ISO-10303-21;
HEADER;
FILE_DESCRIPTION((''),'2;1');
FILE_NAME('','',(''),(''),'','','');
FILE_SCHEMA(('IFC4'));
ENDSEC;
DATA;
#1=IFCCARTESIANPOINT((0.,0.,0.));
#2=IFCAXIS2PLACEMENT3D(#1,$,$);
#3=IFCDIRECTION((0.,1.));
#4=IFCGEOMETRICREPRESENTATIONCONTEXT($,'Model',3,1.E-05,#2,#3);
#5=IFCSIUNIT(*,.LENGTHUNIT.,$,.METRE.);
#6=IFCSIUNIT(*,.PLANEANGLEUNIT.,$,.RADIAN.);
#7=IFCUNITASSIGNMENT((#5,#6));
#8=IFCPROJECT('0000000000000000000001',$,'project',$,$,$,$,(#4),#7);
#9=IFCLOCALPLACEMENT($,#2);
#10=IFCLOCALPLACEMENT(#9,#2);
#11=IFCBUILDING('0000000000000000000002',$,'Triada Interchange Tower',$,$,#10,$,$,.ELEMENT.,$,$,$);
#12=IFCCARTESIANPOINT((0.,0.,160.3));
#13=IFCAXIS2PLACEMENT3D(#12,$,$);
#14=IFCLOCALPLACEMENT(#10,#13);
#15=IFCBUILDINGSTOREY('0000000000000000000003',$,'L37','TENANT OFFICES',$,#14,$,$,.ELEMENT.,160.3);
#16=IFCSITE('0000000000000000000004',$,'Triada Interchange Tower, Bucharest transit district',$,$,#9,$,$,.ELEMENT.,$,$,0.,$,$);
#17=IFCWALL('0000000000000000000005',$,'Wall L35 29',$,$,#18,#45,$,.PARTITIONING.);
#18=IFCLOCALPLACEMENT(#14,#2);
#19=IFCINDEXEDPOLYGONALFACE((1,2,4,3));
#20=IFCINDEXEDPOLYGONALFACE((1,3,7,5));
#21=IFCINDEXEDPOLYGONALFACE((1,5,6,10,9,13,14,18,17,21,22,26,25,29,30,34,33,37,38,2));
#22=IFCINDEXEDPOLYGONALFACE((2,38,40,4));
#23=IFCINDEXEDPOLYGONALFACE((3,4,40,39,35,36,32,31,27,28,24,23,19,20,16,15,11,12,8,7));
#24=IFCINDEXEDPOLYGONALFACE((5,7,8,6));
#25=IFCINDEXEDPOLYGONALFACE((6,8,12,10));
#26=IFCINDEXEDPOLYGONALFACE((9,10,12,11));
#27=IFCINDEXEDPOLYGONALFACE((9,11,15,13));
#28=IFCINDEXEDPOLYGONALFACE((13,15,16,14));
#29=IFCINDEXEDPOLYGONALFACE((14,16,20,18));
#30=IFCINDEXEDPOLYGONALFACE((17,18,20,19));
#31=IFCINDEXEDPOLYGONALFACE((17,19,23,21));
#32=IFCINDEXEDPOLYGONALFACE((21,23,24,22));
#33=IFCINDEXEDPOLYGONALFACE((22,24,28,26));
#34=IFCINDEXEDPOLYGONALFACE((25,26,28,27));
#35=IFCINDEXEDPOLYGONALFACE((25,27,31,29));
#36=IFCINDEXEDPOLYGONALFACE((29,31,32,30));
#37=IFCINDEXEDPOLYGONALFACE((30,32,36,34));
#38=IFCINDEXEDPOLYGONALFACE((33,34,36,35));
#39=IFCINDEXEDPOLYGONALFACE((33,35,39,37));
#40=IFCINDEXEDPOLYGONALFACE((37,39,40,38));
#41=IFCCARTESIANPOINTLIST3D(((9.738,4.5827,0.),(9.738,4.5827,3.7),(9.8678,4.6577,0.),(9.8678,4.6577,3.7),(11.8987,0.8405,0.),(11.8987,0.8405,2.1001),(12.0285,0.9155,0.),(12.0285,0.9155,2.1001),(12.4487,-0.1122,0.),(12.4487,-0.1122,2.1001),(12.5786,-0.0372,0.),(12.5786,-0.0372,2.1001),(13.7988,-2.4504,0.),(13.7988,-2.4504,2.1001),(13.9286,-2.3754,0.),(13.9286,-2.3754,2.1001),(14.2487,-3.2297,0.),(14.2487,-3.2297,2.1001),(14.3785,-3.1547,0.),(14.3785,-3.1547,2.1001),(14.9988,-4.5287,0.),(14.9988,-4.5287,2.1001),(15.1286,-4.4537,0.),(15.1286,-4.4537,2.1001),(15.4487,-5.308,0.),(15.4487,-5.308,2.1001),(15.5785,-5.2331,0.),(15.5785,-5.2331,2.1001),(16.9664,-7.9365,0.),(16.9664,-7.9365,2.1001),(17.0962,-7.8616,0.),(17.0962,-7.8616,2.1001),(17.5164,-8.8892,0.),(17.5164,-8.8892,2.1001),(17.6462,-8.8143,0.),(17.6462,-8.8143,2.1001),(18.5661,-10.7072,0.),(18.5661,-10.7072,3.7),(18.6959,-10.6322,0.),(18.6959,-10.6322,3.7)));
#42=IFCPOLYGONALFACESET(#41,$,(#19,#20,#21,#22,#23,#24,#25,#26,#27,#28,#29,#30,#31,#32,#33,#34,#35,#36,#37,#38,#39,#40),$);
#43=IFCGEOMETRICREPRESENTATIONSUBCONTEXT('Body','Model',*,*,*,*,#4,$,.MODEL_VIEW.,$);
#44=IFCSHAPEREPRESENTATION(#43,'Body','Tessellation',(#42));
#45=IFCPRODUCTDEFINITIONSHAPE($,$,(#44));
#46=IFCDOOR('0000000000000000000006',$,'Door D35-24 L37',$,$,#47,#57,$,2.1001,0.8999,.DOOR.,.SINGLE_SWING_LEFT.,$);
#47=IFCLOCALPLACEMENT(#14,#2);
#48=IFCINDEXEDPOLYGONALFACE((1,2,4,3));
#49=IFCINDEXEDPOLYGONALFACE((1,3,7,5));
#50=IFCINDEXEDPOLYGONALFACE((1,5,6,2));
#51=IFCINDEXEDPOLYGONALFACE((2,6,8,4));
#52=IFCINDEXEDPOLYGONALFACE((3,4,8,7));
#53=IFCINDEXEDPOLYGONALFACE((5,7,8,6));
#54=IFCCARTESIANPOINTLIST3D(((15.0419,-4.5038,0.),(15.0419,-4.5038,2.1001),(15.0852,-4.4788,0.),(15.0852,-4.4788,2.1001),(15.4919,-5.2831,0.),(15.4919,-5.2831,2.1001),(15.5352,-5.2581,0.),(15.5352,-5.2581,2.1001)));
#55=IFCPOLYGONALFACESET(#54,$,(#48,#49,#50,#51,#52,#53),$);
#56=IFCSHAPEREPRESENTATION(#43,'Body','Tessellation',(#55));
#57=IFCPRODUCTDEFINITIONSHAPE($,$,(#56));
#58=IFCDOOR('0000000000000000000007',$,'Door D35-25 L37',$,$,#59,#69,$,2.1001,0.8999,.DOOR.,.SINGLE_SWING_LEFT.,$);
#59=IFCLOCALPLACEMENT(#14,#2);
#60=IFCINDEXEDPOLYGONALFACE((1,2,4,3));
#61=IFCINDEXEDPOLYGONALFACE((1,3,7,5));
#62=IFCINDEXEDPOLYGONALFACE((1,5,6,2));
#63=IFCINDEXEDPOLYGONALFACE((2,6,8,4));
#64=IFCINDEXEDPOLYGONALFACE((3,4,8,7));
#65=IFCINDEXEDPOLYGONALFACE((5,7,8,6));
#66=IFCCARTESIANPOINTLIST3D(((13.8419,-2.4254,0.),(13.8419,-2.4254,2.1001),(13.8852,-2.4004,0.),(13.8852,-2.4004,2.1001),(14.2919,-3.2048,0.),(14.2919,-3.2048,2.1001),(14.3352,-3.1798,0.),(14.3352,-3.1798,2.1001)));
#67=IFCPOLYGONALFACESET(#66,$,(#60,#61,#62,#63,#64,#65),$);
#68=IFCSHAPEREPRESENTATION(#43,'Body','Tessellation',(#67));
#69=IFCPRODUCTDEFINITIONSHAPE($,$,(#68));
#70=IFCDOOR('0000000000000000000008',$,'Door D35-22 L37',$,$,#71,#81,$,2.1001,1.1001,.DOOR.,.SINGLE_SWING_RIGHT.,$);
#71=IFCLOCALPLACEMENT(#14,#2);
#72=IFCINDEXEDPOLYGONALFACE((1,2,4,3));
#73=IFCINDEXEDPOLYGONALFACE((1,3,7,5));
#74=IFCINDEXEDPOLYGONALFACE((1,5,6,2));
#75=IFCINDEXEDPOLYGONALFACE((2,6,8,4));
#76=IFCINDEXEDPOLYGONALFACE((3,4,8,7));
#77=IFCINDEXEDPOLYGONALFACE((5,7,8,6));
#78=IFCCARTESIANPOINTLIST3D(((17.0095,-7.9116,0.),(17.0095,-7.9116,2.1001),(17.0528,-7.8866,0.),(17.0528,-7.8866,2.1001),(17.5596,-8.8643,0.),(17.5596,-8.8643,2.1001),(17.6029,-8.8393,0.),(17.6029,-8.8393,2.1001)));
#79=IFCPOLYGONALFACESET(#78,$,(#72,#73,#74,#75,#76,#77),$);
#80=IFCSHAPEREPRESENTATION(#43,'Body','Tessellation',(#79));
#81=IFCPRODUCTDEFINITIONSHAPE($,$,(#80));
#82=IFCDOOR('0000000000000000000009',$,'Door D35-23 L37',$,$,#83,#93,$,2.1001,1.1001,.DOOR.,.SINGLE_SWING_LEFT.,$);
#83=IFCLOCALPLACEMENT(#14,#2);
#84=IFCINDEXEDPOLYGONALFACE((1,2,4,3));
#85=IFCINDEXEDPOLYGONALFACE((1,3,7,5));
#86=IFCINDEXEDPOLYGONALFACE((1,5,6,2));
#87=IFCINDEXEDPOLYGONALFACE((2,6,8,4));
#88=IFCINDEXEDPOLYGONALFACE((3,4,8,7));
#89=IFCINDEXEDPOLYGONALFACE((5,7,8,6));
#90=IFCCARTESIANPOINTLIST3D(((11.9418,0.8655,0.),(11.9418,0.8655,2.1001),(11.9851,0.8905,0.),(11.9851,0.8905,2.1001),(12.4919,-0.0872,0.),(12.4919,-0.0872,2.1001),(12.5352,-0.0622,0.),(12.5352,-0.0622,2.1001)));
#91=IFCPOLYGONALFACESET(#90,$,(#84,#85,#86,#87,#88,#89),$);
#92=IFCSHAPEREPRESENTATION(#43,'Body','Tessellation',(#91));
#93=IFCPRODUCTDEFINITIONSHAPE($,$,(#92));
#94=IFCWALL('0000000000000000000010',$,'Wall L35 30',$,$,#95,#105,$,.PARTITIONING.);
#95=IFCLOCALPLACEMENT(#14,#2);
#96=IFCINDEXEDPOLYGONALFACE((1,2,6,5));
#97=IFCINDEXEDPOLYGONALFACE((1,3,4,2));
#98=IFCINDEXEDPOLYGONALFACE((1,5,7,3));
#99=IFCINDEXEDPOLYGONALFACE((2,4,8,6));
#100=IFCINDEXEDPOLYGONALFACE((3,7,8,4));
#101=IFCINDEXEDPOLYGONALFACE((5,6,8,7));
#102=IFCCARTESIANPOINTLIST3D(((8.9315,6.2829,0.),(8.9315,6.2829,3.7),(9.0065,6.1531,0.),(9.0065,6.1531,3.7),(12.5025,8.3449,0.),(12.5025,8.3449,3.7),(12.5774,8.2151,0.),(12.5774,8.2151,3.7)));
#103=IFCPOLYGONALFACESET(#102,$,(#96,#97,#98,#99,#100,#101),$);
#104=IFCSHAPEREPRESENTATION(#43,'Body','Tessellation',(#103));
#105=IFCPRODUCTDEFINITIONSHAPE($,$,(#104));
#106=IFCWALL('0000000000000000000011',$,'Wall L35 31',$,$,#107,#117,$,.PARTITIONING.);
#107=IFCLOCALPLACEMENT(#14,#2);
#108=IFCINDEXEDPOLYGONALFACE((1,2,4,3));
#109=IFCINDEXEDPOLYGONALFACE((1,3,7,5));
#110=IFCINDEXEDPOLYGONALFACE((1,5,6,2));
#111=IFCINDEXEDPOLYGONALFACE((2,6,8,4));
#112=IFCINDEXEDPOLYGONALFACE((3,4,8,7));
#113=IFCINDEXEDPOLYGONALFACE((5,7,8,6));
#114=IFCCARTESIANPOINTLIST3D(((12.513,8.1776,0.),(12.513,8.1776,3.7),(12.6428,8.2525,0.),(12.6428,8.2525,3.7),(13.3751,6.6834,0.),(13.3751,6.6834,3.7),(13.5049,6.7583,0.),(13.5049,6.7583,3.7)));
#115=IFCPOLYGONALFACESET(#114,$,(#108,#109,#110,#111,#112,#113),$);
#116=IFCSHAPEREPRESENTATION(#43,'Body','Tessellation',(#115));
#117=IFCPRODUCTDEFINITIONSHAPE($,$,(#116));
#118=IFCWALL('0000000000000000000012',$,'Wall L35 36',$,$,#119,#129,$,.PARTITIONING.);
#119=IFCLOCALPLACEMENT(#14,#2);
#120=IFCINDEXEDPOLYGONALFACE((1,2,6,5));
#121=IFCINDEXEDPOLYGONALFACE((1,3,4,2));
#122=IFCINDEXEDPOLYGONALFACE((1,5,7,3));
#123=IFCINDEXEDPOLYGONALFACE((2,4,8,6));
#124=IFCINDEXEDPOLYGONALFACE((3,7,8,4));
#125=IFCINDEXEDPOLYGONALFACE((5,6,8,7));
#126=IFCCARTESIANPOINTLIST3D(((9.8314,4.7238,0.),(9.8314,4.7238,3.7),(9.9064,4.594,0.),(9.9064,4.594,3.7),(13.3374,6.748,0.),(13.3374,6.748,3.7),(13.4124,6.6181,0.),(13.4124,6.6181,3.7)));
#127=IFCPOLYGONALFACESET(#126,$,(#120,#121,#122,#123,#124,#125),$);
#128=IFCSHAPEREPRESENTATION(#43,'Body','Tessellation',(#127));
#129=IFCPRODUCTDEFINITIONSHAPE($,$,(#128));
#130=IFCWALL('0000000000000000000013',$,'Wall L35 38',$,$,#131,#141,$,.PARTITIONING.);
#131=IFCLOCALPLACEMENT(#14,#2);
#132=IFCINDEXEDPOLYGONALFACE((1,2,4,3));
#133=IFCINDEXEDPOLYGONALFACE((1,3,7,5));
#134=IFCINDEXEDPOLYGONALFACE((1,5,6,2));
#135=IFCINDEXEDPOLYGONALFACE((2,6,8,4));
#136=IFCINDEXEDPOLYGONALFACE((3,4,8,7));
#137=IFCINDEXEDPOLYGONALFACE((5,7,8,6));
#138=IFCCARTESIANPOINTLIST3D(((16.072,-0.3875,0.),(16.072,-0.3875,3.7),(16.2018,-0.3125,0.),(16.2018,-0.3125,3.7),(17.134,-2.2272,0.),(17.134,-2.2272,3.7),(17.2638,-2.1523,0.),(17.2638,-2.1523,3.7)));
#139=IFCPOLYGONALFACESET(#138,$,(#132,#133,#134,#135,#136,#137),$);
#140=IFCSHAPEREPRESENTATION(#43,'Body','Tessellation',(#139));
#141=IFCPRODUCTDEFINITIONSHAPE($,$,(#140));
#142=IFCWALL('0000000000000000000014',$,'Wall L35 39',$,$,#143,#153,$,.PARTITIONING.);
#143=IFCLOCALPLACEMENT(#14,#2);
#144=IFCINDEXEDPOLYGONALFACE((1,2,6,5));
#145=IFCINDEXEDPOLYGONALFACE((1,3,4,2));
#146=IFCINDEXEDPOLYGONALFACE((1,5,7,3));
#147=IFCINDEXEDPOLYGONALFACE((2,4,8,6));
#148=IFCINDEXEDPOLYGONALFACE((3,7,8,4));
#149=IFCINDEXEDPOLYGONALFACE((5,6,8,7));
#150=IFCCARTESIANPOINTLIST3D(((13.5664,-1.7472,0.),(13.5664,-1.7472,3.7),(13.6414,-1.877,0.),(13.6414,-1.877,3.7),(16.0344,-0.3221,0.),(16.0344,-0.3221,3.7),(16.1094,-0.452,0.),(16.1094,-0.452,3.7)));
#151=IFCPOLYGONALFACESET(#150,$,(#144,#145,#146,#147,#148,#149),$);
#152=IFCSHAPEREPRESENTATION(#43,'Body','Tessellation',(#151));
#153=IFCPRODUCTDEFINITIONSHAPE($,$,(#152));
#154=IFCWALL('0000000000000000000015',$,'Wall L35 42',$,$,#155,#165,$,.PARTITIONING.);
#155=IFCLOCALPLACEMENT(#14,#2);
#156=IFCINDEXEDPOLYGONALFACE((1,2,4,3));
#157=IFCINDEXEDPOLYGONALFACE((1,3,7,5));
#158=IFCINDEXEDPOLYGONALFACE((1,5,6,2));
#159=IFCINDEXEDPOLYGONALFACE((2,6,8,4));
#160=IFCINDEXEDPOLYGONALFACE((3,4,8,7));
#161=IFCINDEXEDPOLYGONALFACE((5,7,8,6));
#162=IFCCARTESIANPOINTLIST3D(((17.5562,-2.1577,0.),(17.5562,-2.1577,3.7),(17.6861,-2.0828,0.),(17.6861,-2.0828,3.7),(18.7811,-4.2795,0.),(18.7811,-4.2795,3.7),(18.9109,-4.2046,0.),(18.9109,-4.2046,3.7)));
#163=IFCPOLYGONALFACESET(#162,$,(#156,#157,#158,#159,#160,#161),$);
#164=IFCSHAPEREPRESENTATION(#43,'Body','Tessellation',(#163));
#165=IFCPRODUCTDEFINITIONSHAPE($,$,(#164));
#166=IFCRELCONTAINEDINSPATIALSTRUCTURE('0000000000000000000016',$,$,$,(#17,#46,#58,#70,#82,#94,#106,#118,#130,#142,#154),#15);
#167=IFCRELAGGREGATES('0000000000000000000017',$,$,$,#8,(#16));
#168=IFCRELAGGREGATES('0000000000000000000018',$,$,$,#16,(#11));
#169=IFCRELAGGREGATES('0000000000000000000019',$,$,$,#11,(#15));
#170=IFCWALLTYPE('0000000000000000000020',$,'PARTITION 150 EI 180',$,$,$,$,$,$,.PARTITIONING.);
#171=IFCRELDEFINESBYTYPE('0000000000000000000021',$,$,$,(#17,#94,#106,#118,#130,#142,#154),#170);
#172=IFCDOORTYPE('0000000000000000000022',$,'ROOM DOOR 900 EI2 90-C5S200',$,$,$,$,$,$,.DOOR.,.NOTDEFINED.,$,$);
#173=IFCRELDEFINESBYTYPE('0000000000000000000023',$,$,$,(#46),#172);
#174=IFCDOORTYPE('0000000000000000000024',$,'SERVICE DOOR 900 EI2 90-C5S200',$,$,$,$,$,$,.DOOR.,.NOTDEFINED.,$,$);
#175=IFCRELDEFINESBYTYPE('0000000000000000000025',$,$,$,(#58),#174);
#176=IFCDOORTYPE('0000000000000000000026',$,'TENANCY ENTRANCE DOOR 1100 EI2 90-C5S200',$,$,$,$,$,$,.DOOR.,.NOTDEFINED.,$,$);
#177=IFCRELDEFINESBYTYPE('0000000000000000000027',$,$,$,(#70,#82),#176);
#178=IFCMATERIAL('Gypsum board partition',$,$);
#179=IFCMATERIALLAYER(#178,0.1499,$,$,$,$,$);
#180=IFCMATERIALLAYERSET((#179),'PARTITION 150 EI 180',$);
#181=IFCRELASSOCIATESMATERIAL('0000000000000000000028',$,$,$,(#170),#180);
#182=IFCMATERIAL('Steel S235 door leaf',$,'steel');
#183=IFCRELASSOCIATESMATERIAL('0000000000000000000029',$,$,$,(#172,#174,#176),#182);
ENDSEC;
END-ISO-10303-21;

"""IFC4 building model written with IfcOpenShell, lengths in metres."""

from ifc_helpers import new_model, si_unit, direction, frame, frame_2d, origin, place, context, subcontext, project, spatial, rectangle, extrude, material, layer, layer_set, type_object, element, fill, save


model = new_model("IFC4")

# Units and contexts
model_context = context("Model", 3, precision=1e-05, world=origin(), true_north=direction((0.0, 1.0)))
body_context = subcontext(model_context, "Body", "Model", "MODEL_VIEW")
ifc_project = project(units=[si_unit("LENGTHUNIT", "METRE"), si_unit("PLANEANGLEUNIT", "RADIAN")], contexts=[model_context])

# Site, building, storey
site_placement = place(None, origin())
site = spatial("IfcSite", under=ifc_project, at=site_placement, Name="Triada Interchange Tower, Bucharest transit district", CompositionType="ELEMENT", RefElevation=0.0)
building_placement = place(site_placement, origin())
building = spatial("IfcBuilding", under=site, at=building_placement, Name="Triada Interchange Tower", CompositionType="ELEMENT")
storey_placement = place(building_placement, frame((0.0, 0.0, 160.3)))
storey = spatial("IfcBuildingStorey", under=building, at=storey_placement, Name="L37", Description="TENANT OFFICES", CompositionType="ELEMENT", Elevation=160.3)

# Shared definitions
ifc_material_1 = material(Name="Gypsum board partition")
ifc_layer_1 = layer(ifc_material_1, 0.1499)
ifc_layer_set_1 = layer_set([ifc_layer_1], Name="PARTITION 150 EI 180")
wall_type = type_object("IfcWallType", Name="PARTITION 150 EI 180", PredefinedType="PARTITIONING", material=ifc_layer_set_1)

# Wall, openings, doors
wall_1_placement = place(storey_placement, frame((9.803, 4.6201, 0.0), z_axis=(0.0, 0.0, 1.0), x_axis=(0.500018, -0.866015, 0.0)))
wall_1 = element("IfcWall", 1, at=wall_1_placement, inside=storey, type_object=wall_type, Name="Wall L35 29", PredefinedType="PARTITIONING", context=body_context, shape_type="SweptSolid", body=[
    extrude(rectangle(XDim=17.6555, YDim=0.1499, at=frame_2d((8.8276, 0.0))), origin(), (0.0, 0.0, 1.0), 3.7),
])
opening_1_placement = place(wall_1_placement, frame((14.4561, 0.0, 0.0)))
opening_1 = element("IfcOpeningElement", 2, at=opening_1_placement, cuts=wall_1, PredefinedType="OPENING", context=body_context, shape_type="SweptSolid", body=[
    extrude(rectangle(XDim=1.1001, YDim=2.1001, at=frame_2d((0.55, 1.05))), frame((0.0, 0.085, 0.0), z_axis=(0.0, -1.0, 0.0), x_axis=(1.0, 0.0, 0.0)), (0.0, 0.0, 1.0), 0.1699),
])
opening_2_placement = place(wall_1_placement, frame((4.321, 0.0, 0.0)))
opening_2 = element("IfcOpeningElement", 3, at=opening_2_placement, cuts=wall_1, PredefinedType="OPENING", context=body_context, shape_type="SweptSolid", body=[
    extrude(rectangle(XDim=1.1001, YDim=2.1001, at=frame_2d((0.55, 1.05))), frame((0.0, 0.085, 0.0), z_axis=(0.0, -1.0, 0.0), x_axis=(1.0, 0.0, 0.0)), (0.0, 0.0, 1.0), 0.1699),
])
opening_3_placement = place(wall_1_placement, frame((10.521, 0.0, 0.0)))
opening_3 = element("IfcOpeningElement", 4, at=opening_3_placement, cuts=wall_1, PredefinedType="OPENING", context=body_context, shape_type="SweptSolid", body=[
    extrude(rectangle(XDim=0.8999, YDim=2.1001, at=frame_2d((0.45, 1.05))), frame((0.0, 0.085, 0.0), z_axis=(0.0, -1.0, 0.0), x_axis=(1.0, 0.0, 0.0)), (0.0, 0.0, 1.0), 0.1699),
])
opening_4_placement = place(wall_1_placement, frame((8.1211, 0.0, 0.0)))
opening_4 = element("IfcOpeningElement", 5, at=opening_4_placement, cuts=wall_1, PredefinedType="OPENING", context=body_context, shape_type="SweptSolid", body=[
    extrude(rectangle(XDim=0.8999, YDim=2.1001, at=frame_2d((0.45, 1.05))), frame((0.0, 0.085, 0.0), z_axis=(0.0, -1.0, 0.0), x_axis=(1.0, 0.0, 0.0)), (0.0, 0.0, 1.0), 0.1699),
])
ifc_material_2 = material(Name="Steel S235 door leaf", Category="steel")
door_type_1 = type_object("IfcDoorType", Name="ROOM DOOR 900 EI2 90-C5S200", OperationType="NOTDEFINED", PredefinedType="DOOR", material=ifc_material_2)
door_1_placement = place(opening_3_placement, origin())
door_1 = element("IfcDoor", 6, at=door_1_placement, inside=storey, type_object=door_type_1, Name="Door D35-24 L37", OperationType="SINGLE_SWING_LEFT", OverallHeight=2.1001, OverallWidth=0.8999, PredefinedType="DOOR", context=body_context, shape_type="SweptSolid", body=[
    extrude(rectangle(XDim=0.8999, YDim=2.1001, at=frame_2d((0.45, 1.05))), frame((0.0, 0.0249, 0.0), z_axis=(0.0, -1.0, 0.0), x_axis=(1.0, 0.0, 0.0)), (0.0, 0.0, 1.0), 0.05),
])
fill(opening_3, door_1)
door_type_2 = type_object("IfcDoorType", Name="SERVICE DOOR 900 EI2 90-C5S200", OperationType="NOTDEFINED", PredefinedType="DOOR", material=ifc_material_2)
door_2_placement = place(opening_4_placement, origin())
door_2 = element("IfcDoor", 7, at=door_2_placement, inside=storey, type_object=door_type_2, Name="Door D35-25 L37", OperationType="SINGLE_SWING_LEFT", OverallHeight=2.1001, OverallWidth=0.8999, PredefinedType="DOOR", context=body_context, shape_type="SweptSolid", body=[
    extrude(rectangle(XDim=0.8999, YDim=2.1001, at=frame_2d((0.45, 1.05))), frame((0.0, 0.0249, 0.0), z_axis=(0.0, -1.0, 0.0), x_axis=(1.0, 0.0, 0.0)), (0.0, 0.0, 1.0), 0.05),
])
fill(opening_4, door_2)
door_type_3 = type_object("IfcDoorType", Name="TENANCY ENTRANCE DOOR 1100 EI2 90-C5S200", OperationType="NOTDEFINED", PredefinedType="DOOR", material=ifc_material_2)
door_3_placement = place(opening_1_placement, origin())
door_3 = element("IfcDoor", 8, at=door_3_placement, inside=storey, type_object=door_type_3, Name="Door D35-22 L37", OperationType="SINGLE_SWING_RIGHT", OverallHeight=2.1001, OverallWidth=1.1001, PredefinedType="DOOR", context=body_context, shape_type="SweptSolid", body=[
    extrude(rectangle(XDim=1.1001, YDim=2.1001, at=frame_2d((0.55, 1.05))), frame((0.0, 0.0249, 0.0), z_axis=(0.0, -1.0, 0.0), x_axis=(1.0, 0.0, 0.0)), (0.0, 0.0, 1.0), 0.05),
])
fill(opening_1, door_3)
door_4_placement = place(opening_2_placement, origin())
door_4 = element("IfcDoor", 9, at=door_4_placement, inside=storey, type_object=door_type_3, Name="Door D35-23 L37", OperationType="SINGLE_SWING_LEFT", OverallHeight=2.1001, OverallWidth=1.1001, PredefinedType="DOOR", context=body_context, shape_type="SweptSolid", body=[
    extrude(rectangle(XDim=1.1001, YDim=2.1001, at=frame_2d((0.55, 1.05))), frame((0.0, 0.0249, 0.0), z_axis=(0.0, -1.0, 0.0), x_axis=(1.0, 0.0, 0.0)), (0.0, 0.0, 1.0), 0.05),
])
fill(opening_2, door_4)

# Walls
wall_2_placement = place(storey_placement, frame((8.969, 6.218, 0.0), z_axis=(0.0, 0.0, 1.0), x_axis=(0.865997, 0.500049, 0.0)))
element("IfcWall", 10, at=wall_2_placement, inside=storey, type_object=wall_type, Name="Wall L35 30", PredefinedType="PARTITIONING", context=body_context, shape_type="SweptSolid", body=[
    extrude(rectangle(XDim=4.1235, YDim=0.1499, at=frame_2d((2.0618, 0.0))), origin(), (0.0, 0.0, 1.0), 3.7),
])
wall_3_placement = place(storey_placement, frame((12.5779, 8.2151, 0.0), z_axis=(0.0, 0.0, 1.0), x_axis=(0.499747, -0.866171, 0.0)))
element("IfcWall", 11, at=wall_3_placement, inside=storey, type_object=wall_type, Name="Wall L35 31", PredefinedType="PARTITIONING", context=body_context, shape_type="SweptSolid", body=[
    extrude(rectangle(XDim=1.7251, YDim=0.1499, at=frame_2d((0.8625, 0.0))), origin(), (0.0, 0.0, 1.0), 3.7),
])
wall_4_placement = place(storey_placement, frame((9.8689, 4.6589, 0.0), z_axis=(0.0, 0.0, 1.0), x_axis=(0.866034, 0.499985, 0.0)))
element("IfcWall", 12, at=wall_4_placement, inside=storey, type_object=wall_type, Name="Wall L35 36", PredefinedType="PARTITIONING", context=body_context, shape_type="SweptSolid", body=[
    extrude(rectangle(XDim=4.0483, YDim=0.1499, at=frame_2d((2.0242, 0.0))), origin(), (0.0, 0.0, 1.0), 3.7),
])
wall_5_placement = place(storey_placement, frame((16.137, -0.3501, 0.0), z_axis=(0.0, 0.0, 1.0), x_axis=(0.499921, -0.866071, 0.0)))
element("IfcWall", 13, at=wall_5_placement, inside=storey, type_object=wall_type, Name="Wall L35 38", PredefinedType="PARTITIONING", context=body_context, shape_type="SweptSolid", body=[
    extrude(rectangle(XDim=2.1243, YDim=0.1499, at=frame_2d((1.062, 0.0))), origin(), (0.0, 0.0, 1.0), 3.7),
])
wall_6_placement = place(storey_placement, frame((13.604, -1.812, 0.0), z_axis=(0.0, 0.0, 1.0), x_axis=(0.866004, 0.500036, 0.0)))
element("IfcWall", 14, at=wall_6_placement, inside=storey, type_object=wall_type, Name="Wall L35 39", PredefinedType="PARTITIONING", context=body_context, shape_type="SweptSolid", body=[
    extrude(rectangle(XDim=2.8499, YDim=0.1499, at=frame_2d((1.4248, 0.0))), origin(), (0.0, 0.0, 1.0), 3.7),
])
wall_7_placement = place(storey_placement, frame((17.6211, -2.1201, 0.0), z_axis=(0.0, 0.0, 1.0), x_axis=(0.499944, -0.866058, 0.0)))
element("IfcWall", 15, at=wall_7_placement, inside=storey, type_object=wall_type, Name="Wall L35 42", PredefinedType="PARTITIONING", context=body_context, shape_type="SweptSolid", body=[
    extrude(rectangle(XDim=2.45, YDim=0.1499, at=frame_2d((1.2251, 0.0))), origin(), (0.0, 0.0, 1.0), 3.7),
])

save(model, "model.ifc")
